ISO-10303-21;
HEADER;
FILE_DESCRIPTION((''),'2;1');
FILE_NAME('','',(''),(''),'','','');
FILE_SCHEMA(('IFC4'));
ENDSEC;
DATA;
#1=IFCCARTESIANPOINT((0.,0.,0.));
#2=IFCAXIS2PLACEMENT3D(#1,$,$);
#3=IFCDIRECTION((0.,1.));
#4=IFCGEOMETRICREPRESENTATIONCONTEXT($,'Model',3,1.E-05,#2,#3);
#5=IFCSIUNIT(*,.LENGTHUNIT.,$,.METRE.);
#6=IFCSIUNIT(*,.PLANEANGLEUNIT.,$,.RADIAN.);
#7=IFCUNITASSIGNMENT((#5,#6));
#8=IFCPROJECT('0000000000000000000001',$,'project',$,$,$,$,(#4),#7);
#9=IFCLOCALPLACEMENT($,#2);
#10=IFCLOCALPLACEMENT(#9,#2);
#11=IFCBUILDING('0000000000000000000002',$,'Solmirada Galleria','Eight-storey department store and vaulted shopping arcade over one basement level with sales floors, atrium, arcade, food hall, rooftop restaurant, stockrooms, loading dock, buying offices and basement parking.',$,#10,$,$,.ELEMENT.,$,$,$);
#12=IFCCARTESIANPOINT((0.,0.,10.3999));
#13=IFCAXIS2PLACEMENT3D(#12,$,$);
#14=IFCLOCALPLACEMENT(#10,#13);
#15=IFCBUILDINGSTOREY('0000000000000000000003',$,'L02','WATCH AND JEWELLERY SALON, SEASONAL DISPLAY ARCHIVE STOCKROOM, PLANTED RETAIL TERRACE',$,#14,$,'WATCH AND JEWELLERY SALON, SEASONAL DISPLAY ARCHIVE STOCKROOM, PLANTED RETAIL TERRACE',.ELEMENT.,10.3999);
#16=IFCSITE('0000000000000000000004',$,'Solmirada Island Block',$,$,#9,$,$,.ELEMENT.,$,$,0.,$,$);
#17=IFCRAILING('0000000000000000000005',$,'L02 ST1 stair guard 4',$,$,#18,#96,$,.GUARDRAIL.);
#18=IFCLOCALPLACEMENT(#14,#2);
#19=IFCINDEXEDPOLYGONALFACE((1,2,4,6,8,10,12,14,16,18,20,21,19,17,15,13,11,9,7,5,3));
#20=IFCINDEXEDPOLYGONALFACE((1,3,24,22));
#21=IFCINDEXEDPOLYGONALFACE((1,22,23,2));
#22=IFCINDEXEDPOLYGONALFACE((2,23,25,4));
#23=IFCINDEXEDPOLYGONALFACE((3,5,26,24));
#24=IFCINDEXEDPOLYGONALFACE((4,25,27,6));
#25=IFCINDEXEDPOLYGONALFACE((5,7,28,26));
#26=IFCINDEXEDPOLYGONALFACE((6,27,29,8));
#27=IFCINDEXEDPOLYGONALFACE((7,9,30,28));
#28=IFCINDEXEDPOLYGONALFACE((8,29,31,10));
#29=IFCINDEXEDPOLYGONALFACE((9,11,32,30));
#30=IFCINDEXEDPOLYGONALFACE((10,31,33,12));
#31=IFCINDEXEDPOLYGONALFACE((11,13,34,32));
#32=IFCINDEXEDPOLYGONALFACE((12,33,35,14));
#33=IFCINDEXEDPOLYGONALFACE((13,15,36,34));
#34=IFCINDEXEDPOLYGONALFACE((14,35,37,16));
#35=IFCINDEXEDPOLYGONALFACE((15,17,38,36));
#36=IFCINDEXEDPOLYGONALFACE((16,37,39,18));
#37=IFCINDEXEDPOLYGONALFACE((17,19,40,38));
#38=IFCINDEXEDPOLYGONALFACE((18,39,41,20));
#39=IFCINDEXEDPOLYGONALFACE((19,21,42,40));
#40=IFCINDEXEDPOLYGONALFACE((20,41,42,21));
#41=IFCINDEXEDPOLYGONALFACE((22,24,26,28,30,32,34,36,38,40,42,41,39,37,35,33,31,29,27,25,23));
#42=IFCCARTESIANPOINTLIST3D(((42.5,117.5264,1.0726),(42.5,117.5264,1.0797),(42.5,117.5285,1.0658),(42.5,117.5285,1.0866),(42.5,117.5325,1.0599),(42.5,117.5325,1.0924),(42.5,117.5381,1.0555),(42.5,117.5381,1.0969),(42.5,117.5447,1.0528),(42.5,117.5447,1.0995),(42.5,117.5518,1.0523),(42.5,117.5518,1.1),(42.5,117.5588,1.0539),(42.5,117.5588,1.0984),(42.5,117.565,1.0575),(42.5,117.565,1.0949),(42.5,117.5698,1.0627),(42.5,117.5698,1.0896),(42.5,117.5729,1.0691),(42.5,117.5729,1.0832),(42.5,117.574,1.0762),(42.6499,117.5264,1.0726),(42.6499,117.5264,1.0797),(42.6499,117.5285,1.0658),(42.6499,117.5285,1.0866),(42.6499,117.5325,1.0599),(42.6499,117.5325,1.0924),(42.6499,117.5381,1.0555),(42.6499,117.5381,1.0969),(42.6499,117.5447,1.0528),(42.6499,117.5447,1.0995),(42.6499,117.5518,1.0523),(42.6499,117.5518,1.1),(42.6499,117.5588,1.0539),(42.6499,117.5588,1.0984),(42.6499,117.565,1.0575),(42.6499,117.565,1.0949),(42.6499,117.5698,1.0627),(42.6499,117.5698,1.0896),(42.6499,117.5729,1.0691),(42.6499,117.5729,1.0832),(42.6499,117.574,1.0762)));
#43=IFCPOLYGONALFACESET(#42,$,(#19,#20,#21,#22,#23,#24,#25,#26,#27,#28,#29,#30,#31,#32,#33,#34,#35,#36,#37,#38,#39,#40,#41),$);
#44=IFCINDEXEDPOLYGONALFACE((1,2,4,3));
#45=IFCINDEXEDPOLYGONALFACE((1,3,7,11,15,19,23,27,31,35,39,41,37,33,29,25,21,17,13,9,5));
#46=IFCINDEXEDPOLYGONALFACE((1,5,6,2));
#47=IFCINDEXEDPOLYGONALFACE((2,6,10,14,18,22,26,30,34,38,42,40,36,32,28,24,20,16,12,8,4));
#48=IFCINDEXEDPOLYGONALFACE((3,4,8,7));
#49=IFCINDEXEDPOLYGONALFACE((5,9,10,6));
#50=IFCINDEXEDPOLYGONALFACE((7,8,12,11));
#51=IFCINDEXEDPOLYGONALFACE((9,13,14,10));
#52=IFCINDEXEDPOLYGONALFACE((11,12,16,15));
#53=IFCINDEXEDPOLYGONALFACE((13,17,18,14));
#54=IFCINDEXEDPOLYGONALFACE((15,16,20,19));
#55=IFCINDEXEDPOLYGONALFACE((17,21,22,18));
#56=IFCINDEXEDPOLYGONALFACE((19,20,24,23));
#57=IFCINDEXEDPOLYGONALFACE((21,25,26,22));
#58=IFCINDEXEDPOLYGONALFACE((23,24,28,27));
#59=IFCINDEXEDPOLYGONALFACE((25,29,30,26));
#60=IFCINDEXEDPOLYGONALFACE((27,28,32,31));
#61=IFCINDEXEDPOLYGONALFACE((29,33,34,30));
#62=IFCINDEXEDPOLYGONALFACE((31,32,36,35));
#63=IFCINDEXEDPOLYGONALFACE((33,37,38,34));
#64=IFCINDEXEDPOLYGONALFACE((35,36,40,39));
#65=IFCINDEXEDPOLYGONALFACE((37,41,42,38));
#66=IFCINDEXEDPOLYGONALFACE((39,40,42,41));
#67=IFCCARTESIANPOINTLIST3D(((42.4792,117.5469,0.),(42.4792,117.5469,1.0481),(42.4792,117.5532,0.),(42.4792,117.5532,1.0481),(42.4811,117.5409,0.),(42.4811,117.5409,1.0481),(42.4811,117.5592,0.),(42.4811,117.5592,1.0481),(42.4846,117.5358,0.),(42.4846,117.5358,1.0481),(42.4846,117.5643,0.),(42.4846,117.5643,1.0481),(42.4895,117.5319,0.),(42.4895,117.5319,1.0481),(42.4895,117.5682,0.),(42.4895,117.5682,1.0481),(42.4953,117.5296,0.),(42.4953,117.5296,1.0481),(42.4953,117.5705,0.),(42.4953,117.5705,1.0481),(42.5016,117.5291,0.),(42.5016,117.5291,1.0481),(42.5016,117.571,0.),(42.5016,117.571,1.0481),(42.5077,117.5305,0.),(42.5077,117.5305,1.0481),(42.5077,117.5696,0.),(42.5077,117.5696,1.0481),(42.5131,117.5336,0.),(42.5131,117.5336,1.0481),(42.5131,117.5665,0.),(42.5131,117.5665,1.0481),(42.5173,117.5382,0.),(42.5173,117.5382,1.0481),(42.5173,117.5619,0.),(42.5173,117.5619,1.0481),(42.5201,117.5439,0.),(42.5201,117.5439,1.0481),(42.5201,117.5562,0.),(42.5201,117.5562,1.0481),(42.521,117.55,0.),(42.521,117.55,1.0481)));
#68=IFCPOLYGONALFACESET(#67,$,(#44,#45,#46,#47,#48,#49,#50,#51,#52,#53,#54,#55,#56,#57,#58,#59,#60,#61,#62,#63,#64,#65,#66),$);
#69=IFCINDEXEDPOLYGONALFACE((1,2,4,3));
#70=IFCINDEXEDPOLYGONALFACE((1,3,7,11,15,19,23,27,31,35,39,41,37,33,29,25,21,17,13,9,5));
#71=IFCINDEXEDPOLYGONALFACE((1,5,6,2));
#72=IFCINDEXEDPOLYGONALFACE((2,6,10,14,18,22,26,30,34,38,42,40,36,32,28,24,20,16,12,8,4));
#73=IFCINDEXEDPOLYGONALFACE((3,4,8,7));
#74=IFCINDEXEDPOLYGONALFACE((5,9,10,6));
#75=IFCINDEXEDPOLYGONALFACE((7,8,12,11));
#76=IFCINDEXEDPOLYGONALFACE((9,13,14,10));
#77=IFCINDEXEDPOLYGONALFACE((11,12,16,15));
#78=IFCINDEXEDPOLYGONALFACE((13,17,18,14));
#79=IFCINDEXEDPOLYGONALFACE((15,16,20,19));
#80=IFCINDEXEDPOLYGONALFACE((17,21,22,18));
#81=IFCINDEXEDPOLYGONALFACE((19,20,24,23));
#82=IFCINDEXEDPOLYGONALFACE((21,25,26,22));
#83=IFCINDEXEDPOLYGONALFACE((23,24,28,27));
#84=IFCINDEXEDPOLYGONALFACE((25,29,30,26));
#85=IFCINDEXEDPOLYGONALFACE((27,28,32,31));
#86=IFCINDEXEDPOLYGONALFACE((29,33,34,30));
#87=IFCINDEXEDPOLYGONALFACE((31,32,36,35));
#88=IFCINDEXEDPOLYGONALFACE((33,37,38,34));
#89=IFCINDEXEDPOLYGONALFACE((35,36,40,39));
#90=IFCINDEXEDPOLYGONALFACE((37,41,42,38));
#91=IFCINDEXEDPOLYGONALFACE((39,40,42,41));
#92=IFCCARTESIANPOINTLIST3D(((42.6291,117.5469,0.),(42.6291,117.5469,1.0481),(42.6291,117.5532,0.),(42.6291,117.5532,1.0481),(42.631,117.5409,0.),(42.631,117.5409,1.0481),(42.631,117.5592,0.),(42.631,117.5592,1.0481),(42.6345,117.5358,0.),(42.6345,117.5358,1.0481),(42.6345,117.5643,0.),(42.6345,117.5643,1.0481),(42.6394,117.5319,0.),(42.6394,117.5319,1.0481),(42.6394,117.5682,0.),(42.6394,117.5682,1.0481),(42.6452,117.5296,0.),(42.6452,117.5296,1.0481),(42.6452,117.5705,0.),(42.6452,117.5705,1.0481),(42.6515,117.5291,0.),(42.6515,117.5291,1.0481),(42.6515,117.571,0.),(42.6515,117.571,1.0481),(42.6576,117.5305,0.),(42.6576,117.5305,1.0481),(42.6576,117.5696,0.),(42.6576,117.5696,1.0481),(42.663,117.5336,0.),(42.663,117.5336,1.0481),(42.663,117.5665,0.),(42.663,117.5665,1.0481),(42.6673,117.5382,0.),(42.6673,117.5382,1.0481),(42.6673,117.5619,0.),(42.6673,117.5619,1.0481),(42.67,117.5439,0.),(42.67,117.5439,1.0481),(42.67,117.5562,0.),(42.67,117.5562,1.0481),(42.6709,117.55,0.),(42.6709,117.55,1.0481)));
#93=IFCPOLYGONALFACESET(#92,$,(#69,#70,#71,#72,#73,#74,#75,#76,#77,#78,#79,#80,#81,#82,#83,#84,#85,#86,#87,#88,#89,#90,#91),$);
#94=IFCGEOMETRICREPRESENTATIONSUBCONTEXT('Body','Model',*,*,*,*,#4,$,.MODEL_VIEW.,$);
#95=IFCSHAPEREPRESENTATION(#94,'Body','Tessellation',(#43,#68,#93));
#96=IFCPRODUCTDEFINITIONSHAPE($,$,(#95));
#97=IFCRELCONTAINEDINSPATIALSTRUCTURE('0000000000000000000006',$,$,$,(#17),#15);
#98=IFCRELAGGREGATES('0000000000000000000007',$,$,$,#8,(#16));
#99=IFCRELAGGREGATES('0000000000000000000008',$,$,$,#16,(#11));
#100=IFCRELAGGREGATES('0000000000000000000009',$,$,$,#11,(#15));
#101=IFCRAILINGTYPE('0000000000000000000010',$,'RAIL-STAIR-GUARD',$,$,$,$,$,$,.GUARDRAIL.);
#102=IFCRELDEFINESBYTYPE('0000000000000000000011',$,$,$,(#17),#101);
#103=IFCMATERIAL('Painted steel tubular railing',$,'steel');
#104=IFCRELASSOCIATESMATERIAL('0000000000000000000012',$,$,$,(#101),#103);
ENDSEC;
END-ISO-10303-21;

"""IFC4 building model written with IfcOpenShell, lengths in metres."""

from ifc_helpers import new_model, si_unit, direction, frame, origin, origin_2d, place, context, subcontext, project, spatial, circle, extrude, material, type_object, element, save


model = new_model("IFC4")

# Units and contexts
model_context = context("Model", 3, precision=1e-05, world=origin(), true_north=direction((0.0, 1.0)))
body_context = subcontext(model_context, "Body", "Model", "MODEL_VIEW")
ifc_project = project(units=[si_unit("LENGTHUNIT", "METRE"), si_unit("PLANEANGLEUNIT", "RADIAN")], contexts=[model_context])

# Site, building, storey
site_placement = place(None, origin())
site = spatial("IfcSite", under=ifc_project, at=site_placement, Name="Solmirada Island Block", CompositionType="ELEMENT", RefElevation=0.0)
building_placement = place(site_placement, origin())
building = spatial("IfcBuilding", under=site, at=building_placement, Name="Solmirada Galleria", Description="Eight-storey department store and vaulted shopping arcade over one basement level with sales floors, atrium, arcade, food hall, rooftop restaurant, stockrooms, loading dock, buying offices and basement parking.", CompositionType="ELEMENT")
storey_placement = place(building_placement, frame((0.0, 0.0, 10.3999)))
storey = spatial("IfcBuildingStorey", under=building, at=storey_placement, Name="L02", Description="WATCH AND JEWELLERY SALON, SEASONAL DISPLAY ARCHIVE STOCKROOM, PLANTED RETAIL TERRACE", LongName="WATCH AND JEWELLERY SALON, SEASONAL DISPLAY ARCHIVE STOCKROOM, PLANTED RETAIL TERRACE", CompositionType="ELEMENT", Elevation=10.3999)

# Railing
ifc_material_1 = material(Name="Painted steel tubular railing", Category="steel")
railing_type_1 = type_object("IfcRailingType", Name="RAIL-STAIR-GUARD", PredefinedType="GUARDRAIL", material=ifc_material_1)
railing_1_placement = place(storey_placement, frame((42.5, 117.55, 0.0)))
element("IfcRailing", 1, at=railing_1_placement, inside=storey, type_object=railing_type_1, Name="L02 ST1 stair guard 4", PredefinedType="GUARDRAIL", context=body_context, shape_type="SweptSolid", body=[
    extrude(circle(Radius=0.0239, at=origin_2d()), frame((0.0, 0.0, 1.0762), z_axis=(1.0, 0.0, 0.0), x_axis=(0.0, 1.0, 0.0)), (0.0, 0.0, 1.0), 0.1499),
    extrude(circle(Radius=0.021, at=origin_2d()), origin(), (0.0, 0.0, 1.0), 1.0481),
    extrude(circle(Radius=0.021, at=origin_2d()), frame((0.1499, 0.0, 0.0)), (0.0, 0.0, 1.0), 1.0481),
])

save(model, "model.ifc")
